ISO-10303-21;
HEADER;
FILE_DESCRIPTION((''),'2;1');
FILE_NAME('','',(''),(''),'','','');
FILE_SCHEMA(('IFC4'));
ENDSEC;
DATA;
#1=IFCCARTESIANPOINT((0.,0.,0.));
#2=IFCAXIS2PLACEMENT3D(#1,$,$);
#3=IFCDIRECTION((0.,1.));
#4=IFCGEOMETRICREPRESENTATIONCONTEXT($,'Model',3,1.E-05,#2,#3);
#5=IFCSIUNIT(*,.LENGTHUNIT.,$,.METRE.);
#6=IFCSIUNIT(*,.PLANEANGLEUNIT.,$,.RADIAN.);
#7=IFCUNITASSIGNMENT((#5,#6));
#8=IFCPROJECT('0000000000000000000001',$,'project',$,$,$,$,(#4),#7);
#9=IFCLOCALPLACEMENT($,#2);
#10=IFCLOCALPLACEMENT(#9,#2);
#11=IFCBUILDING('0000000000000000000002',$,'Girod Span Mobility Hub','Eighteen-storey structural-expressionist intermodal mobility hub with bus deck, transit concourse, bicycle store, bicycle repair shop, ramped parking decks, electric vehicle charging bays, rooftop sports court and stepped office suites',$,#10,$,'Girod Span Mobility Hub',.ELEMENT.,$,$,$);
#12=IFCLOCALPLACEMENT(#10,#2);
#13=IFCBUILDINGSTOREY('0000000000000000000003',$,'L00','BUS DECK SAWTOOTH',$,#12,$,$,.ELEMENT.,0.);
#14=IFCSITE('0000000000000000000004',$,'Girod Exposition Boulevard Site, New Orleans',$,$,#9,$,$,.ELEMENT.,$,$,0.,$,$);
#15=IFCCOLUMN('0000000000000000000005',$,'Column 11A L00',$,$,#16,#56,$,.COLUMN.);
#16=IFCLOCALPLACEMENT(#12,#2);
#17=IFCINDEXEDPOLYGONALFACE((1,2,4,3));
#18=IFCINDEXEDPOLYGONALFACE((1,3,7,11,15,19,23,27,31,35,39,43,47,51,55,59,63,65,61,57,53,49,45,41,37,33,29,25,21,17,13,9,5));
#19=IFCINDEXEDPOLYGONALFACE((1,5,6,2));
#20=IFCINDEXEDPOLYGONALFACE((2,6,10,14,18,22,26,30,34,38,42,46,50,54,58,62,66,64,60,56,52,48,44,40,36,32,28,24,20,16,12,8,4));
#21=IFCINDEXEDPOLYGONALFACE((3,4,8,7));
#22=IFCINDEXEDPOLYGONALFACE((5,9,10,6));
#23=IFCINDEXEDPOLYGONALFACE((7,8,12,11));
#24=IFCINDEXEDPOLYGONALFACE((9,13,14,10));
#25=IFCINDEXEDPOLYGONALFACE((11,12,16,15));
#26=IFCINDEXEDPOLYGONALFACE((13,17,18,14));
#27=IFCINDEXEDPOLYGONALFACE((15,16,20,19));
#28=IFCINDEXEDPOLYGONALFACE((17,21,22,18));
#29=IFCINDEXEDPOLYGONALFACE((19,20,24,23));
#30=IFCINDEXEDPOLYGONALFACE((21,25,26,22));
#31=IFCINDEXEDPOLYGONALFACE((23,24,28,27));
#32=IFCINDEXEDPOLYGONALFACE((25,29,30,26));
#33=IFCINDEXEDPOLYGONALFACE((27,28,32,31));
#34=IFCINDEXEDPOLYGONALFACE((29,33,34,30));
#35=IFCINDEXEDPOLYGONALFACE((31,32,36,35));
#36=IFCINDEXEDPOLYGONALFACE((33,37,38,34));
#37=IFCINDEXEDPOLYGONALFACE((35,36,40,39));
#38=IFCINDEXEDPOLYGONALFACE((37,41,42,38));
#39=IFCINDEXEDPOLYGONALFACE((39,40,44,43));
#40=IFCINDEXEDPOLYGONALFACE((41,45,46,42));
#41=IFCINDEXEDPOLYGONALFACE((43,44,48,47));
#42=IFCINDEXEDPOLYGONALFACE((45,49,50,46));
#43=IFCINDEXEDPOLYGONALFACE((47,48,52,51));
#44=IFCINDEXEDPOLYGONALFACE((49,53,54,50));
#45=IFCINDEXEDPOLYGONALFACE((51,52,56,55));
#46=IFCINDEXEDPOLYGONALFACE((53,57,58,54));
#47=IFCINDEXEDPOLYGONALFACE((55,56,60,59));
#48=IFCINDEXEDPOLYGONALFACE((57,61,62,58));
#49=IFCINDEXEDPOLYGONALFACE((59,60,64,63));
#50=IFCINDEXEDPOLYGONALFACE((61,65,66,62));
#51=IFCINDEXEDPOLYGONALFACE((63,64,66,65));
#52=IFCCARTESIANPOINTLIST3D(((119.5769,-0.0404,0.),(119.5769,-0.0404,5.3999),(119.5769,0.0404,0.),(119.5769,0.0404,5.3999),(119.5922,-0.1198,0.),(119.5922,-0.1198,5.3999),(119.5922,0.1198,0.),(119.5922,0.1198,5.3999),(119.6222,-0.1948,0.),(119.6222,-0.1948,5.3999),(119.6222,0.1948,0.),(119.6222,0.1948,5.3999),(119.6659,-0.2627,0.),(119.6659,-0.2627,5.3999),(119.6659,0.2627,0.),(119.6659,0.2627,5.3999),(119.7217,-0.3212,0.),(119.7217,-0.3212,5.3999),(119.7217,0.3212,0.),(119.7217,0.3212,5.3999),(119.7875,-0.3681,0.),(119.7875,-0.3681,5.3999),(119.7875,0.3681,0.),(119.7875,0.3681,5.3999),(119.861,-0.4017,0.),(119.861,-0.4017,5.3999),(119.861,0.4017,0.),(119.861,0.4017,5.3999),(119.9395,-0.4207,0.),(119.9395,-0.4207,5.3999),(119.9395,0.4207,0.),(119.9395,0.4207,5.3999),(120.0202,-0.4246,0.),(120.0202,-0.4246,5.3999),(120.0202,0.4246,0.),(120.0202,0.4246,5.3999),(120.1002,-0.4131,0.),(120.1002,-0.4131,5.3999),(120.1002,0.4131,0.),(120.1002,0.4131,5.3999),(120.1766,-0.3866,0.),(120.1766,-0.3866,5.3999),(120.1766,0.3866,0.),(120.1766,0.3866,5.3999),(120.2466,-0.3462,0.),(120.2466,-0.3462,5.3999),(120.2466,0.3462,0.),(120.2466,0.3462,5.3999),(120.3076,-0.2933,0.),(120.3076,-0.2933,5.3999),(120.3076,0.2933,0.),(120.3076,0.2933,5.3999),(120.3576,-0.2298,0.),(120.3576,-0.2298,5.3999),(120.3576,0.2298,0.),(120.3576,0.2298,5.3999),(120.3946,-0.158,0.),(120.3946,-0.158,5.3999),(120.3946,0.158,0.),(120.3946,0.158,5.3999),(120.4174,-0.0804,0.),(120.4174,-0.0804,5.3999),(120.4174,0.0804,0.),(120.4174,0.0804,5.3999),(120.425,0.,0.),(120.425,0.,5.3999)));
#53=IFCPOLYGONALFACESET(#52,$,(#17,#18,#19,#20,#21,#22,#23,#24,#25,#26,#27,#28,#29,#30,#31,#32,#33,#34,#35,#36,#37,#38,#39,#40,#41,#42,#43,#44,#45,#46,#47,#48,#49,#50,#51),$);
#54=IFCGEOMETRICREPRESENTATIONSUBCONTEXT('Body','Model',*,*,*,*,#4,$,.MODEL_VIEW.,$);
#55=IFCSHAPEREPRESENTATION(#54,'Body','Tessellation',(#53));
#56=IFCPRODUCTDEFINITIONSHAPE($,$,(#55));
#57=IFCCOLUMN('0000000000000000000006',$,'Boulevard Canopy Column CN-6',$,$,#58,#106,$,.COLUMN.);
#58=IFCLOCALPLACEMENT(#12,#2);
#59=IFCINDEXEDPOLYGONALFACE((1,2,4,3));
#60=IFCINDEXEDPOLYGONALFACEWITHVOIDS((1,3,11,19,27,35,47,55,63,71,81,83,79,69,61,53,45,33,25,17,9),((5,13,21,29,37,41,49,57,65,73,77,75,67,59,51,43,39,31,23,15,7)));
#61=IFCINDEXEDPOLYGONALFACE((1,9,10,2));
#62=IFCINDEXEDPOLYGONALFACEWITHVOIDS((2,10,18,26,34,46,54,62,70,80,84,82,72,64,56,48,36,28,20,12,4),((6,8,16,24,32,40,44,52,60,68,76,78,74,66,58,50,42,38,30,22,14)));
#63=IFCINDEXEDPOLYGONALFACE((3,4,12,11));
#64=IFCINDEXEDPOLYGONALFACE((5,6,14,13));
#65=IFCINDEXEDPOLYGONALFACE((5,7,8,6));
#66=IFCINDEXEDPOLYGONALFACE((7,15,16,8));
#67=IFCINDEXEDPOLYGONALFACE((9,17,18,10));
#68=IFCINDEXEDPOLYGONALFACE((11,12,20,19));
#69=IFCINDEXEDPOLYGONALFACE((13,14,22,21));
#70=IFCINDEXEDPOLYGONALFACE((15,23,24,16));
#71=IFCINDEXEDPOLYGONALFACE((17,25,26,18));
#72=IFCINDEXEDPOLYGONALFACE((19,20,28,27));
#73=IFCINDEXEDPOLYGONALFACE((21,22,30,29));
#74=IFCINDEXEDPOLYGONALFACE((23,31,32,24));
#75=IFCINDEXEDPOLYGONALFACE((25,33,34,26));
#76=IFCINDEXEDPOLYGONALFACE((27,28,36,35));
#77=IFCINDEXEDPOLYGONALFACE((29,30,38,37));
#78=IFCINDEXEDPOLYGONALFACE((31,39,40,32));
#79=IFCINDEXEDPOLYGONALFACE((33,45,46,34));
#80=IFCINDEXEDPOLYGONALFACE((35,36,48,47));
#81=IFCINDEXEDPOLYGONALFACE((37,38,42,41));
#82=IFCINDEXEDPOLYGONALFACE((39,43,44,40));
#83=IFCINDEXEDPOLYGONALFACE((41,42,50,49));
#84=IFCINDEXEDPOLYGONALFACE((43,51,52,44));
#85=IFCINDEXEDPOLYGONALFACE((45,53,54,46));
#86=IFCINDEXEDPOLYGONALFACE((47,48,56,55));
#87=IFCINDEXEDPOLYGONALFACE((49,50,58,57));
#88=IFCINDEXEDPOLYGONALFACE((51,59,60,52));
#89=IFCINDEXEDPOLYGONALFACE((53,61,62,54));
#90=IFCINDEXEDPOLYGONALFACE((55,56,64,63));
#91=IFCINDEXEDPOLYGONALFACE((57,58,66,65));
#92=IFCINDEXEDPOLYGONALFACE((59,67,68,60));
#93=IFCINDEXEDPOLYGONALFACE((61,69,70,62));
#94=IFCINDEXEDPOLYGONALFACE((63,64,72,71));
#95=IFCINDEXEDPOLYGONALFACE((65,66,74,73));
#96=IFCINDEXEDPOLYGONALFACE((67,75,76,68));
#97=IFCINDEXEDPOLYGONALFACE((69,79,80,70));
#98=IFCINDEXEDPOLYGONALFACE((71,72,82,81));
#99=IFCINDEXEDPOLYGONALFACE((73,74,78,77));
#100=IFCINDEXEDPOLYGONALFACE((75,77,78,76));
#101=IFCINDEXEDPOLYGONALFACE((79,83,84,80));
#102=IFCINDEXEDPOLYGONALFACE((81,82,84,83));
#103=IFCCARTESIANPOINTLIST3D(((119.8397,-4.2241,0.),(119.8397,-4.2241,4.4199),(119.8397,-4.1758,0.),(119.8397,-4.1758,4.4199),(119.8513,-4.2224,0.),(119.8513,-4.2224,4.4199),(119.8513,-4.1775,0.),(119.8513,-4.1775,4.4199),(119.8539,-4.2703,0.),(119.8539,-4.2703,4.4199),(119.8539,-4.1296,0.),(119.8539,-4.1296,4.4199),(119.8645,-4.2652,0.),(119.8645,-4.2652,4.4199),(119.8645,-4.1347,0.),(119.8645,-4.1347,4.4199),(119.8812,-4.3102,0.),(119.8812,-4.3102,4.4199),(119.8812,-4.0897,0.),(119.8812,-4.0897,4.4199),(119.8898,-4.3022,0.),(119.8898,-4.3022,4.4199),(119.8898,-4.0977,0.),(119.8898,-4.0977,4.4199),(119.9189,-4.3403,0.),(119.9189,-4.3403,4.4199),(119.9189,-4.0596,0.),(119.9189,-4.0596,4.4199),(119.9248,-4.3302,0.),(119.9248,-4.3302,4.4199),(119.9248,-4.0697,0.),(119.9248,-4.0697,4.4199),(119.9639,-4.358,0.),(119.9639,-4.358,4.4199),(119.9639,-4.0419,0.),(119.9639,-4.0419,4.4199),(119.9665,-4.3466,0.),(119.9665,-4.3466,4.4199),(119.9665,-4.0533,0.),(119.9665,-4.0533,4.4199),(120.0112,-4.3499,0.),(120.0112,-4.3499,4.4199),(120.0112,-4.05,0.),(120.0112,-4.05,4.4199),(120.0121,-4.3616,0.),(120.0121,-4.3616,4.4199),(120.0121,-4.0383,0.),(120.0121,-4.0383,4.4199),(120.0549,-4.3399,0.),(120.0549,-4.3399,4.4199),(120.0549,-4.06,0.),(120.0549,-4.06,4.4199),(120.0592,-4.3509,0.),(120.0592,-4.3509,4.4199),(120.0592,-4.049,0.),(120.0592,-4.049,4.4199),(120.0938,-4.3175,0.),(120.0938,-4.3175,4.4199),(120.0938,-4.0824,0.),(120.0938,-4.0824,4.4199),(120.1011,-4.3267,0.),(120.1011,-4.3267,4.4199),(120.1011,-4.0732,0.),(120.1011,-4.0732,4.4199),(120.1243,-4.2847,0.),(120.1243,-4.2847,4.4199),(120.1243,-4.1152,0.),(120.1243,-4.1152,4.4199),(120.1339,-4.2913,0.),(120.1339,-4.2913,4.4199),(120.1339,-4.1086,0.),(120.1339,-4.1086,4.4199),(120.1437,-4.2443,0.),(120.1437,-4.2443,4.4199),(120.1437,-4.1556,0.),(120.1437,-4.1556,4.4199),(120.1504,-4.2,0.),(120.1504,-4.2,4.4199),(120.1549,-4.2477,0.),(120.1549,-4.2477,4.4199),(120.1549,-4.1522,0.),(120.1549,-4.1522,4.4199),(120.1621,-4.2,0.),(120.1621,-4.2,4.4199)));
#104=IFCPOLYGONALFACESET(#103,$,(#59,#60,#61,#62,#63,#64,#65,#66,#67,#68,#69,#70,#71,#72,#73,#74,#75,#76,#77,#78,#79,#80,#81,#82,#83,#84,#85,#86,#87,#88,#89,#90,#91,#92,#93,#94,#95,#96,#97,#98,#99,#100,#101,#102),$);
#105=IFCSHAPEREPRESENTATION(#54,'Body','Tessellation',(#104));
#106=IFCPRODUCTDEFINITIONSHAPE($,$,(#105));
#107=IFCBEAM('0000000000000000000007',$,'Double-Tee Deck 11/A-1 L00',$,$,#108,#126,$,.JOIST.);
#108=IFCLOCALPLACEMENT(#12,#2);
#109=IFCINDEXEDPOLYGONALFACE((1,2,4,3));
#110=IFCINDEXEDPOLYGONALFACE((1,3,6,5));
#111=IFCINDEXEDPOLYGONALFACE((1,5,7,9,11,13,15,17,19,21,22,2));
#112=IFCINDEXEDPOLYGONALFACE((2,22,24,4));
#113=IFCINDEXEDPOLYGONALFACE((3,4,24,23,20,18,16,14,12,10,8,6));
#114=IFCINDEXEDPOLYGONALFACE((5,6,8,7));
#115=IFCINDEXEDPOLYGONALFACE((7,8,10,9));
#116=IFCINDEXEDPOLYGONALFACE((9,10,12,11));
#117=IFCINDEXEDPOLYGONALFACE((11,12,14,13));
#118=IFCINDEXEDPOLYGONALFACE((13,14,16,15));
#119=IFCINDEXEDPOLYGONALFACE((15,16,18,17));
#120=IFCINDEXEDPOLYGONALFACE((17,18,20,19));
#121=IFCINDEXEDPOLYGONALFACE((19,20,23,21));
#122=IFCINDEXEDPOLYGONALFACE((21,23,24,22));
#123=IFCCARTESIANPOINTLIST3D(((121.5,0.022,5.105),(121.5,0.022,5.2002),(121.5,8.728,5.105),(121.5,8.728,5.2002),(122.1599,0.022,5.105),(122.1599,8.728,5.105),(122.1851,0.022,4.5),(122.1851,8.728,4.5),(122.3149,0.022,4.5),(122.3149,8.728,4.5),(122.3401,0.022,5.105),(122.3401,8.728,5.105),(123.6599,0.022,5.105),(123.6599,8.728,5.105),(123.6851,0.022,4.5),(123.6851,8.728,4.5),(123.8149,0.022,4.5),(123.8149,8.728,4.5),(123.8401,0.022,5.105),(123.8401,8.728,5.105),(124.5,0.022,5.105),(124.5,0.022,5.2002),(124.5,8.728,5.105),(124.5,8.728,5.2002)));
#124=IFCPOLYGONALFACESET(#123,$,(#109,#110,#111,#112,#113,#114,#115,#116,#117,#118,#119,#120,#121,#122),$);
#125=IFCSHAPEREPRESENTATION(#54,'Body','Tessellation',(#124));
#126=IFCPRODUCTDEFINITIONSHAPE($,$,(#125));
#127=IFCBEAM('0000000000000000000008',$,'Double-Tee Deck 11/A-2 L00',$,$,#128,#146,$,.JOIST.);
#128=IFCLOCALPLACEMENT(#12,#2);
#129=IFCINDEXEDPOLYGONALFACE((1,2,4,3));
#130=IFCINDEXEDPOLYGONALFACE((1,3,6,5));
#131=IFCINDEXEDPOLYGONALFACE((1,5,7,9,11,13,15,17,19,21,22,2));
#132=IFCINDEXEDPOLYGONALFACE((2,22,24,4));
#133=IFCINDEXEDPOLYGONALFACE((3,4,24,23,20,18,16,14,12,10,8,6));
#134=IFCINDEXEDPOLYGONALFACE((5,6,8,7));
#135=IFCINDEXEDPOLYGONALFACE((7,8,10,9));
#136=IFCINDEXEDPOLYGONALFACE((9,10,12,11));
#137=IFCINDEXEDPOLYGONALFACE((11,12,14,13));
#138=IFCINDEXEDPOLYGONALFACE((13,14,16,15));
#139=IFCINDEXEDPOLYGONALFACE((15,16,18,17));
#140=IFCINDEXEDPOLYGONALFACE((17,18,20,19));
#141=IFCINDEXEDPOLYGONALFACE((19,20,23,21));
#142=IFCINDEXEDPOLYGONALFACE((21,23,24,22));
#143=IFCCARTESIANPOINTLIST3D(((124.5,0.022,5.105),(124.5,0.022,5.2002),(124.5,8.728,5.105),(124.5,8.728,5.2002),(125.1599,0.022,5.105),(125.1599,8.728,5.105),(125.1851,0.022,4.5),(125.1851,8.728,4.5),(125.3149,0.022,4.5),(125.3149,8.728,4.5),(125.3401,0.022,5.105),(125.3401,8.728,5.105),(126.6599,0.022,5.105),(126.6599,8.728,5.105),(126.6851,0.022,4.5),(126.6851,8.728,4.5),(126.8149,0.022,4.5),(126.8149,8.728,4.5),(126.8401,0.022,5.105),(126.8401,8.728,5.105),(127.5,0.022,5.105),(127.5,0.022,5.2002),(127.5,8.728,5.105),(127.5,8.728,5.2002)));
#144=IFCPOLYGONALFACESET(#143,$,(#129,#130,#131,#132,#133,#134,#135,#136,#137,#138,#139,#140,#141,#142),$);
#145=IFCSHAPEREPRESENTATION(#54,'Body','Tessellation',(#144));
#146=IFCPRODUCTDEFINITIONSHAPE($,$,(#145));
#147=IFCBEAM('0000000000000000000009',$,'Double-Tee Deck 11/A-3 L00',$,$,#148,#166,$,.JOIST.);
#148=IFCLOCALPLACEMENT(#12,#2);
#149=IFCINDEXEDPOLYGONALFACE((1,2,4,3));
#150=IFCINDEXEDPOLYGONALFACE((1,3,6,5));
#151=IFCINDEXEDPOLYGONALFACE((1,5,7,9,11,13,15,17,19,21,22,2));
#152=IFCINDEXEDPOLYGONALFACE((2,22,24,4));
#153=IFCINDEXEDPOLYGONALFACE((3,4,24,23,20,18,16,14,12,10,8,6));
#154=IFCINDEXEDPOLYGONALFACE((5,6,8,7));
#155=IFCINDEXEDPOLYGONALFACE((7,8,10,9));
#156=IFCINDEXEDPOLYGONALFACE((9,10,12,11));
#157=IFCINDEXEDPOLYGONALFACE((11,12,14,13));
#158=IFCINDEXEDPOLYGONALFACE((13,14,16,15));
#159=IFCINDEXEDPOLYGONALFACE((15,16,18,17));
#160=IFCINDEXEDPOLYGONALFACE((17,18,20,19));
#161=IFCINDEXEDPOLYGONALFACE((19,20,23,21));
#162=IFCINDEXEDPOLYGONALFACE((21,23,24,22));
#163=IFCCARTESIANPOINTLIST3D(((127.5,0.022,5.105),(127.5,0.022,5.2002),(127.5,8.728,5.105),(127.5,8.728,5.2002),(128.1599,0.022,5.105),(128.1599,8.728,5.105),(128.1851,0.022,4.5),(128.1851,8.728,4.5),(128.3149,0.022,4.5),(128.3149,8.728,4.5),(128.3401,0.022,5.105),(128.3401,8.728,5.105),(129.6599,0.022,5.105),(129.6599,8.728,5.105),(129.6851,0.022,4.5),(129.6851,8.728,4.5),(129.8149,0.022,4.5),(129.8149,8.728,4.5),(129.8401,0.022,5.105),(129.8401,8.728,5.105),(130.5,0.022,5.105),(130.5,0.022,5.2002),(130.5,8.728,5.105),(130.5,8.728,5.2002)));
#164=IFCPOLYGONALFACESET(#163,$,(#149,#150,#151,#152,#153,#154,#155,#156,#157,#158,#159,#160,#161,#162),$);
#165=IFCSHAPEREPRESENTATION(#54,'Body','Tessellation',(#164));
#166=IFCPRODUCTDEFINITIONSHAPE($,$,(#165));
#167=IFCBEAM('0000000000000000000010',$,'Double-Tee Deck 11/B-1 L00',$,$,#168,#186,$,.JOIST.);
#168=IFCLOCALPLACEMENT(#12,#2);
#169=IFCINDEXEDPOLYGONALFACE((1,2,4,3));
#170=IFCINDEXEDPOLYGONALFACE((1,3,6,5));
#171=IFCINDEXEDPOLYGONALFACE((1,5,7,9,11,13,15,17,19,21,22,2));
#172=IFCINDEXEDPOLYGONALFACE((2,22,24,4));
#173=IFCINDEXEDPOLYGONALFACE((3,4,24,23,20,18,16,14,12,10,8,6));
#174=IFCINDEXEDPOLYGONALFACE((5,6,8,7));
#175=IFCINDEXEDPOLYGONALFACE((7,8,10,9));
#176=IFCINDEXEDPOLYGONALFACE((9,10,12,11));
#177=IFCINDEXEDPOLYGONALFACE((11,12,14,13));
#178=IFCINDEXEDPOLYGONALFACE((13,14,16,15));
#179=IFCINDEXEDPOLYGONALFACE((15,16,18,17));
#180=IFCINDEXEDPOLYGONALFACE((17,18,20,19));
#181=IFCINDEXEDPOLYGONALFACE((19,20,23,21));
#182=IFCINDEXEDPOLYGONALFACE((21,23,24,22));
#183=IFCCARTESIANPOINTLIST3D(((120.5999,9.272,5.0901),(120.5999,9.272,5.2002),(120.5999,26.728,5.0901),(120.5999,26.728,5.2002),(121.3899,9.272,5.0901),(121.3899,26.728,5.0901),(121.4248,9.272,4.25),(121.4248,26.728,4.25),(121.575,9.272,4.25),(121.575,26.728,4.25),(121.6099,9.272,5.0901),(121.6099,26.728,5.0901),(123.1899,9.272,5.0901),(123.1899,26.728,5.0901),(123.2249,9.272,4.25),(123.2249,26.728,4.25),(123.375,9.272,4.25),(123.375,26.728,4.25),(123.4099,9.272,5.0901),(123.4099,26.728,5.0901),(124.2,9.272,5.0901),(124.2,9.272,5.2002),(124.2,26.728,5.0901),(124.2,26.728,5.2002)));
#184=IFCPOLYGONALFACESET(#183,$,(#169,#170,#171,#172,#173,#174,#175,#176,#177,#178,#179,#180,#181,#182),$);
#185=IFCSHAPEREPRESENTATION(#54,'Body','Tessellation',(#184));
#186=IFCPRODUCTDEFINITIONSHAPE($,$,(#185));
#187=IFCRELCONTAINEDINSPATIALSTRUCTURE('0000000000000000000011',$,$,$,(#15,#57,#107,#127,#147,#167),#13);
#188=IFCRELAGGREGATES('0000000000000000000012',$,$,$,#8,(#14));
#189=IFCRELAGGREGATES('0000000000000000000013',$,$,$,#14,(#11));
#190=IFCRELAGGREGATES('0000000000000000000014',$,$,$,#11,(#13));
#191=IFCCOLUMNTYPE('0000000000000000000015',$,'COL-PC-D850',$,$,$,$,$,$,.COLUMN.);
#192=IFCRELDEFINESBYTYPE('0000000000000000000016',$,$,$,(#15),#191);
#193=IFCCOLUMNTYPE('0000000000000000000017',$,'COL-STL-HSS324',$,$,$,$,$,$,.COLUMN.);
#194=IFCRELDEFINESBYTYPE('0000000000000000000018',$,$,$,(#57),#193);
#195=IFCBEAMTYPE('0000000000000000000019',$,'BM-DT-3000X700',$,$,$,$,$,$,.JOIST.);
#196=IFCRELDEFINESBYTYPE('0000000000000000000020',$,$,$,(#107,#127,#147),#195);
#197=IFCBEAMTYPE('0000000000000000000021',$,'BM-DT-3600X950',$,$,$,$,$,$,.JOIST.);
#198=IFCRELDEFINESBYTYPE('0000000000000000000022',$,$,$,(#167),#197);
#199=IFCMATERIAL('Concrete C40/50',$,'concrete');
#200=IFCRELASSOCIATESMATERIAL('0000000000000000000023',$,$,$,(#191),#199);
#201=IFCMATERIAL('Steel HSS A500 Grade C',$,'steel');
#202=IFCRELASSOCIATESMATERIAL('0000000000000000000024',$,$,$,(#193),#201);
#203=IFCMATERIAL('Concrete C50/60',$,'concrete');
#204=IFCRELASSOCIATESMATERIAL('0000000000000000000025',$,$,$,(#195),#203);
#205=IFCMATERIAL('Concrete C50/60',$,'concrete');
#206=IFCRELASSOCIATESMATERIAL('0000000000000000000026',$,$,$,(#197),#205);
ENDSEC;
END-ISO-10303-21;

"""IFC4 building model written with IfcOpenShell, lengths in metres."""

from ifc_helpers import new_model, si_unit, direction, frame, origin, origin_2d, place, context, subcontext, project, spatial, polyline, circle, hollow_circle, outline, extrude, material, material_profile, profile_set, type_object, element, save


model = new_model("IFC4")

# Units and contexts
model_context = context("Model", 3, precision=1e-05, world=origin(), true_north=direction((0.0, 1.0)))
body_context = subcontext(model_context, "Body", "Model", "MODEL_VIEW")
ifc_project = project(units=[si_unit("LENGTHUNIT", "METRE"), si_unit("PLANEANGLEUNIT", "RADIAN")], contexts=[model_context])

# Site, building, storey
site_placement = place(None, origin())
site = spatial("IfcSite", under=ifc_project, at=site_placement, Name="Girod Exposition Boulevard Site, New Orleans", CompositionType="ELEMENT", RefElevation=0.0)
building_placement = place(site_placement, origin())
building = spatial("IfcBuilding", under=site, at=building_placement, Name="Girod Span Mobility Hub", Description="Eighteen-storey structural-expressionist intermodal mobility hub with bus deck, transit concourse, bicycle store, bicycle repair shop, ramped parking decks, electric vehicle charging bays, rooftop sports court and stepped office suites", LongName="Girod Span Mobility Hub", CompositionType="ELEMENT")
storey_placement = place(building_placement, origin())
storey = spatial("IfcBuildingStorey", under=building, at=storey_placement, Name="L00", Description="BUS DECK SAWTOOTH", CompositionType="ELEMENT", Elevation=0.0)

# Columns
ifc_material_1 = material(Name="Concrete C40/50", Category="concrete")
ifc_material_profile_1 = material_profile(ifc_material_1, circle(Radius=0.425, at=origin_2d()), Name="PC-CIR-D850")
ifc_profile_set_1 = profile_set([ifc_material_profile_1], Name="Concrete C40/50")
column_type_1 = type_object("IfcColumnType", Name="COL-PC-D850", PredefinedType="COLUMN", material=ifc_profile_set_1)
column_1_placement = place(storey_placement, frame((120.0, 0.0, 0.0), z_axis=(0.0, 0.0, 1.0), x_axis=(1.0, 0.0, 0.0)))
element("IfcColumn", 1, at=column_1_placement, inside=storey, type_object=column_type_1, Name="Column 11A L00", PredefinedType="COLUMN", context=body_context, shape_type="SweptSolid", body=[
    extrude(circle(Radius=0.425, at=origin_2d()), origin(), (0.0, 0.0, 1.0), 5.3999),
])
ifc_material_2 = material(Name="Steel HSS A500 Grade C", Category="steel")
ifc_material_profile_2 = material_profile(ifc_material_2, hollow_circle(Radius=0.1621, WallThickness=0.0117, at=origin_2d()), Name="HSS324X12.7")
ifc_profile_set_2 = profile_set([ifc_material_profile_2], Name="Steel HSS A500 Grade C")
column_type_2 = type_object("IfcColumnType", Name="COL-STL-HSS324", PredefinedType="COLUMN", material=ifc_profile_set_2)
column_2_placement = place(storey_placement, frame((120.0, -4.2, 0.0), z_axis=(0.0, 0.0, 1.0), x_axis=(1.0, 0.0, 0.0)))
element("IfcColumn", 2, at=column_2_placement, inside=storey, type_object=column_type_2, Name="Boulevard Canopy Column CN-6", PredefinedType="COLUMN", context=body_context, shape_type="SweptSolid", body=[
    extrude(hollow_circle(Radius=0.1621, WallThickness=0.0117, at=origin_2d()), origin(), (0.0, 0.0, 1.0), 4.4199),
])

# Beams
ifc_material_3 = material(Name="Concrete C50/60", Category="concrete")
ifc_material_profile_3 = material_profile(ifc_material_3, outline(polyline([(-1.5, 0.3501), (-1.5, 0.2549), (-0.8401, 0.2549), (-0.8149, -0.3501), (-0.6851, -0.3501), (-0.6599, 0.2549), (0.6599, 0.2549), (0.6851, -0.3501), (0.8149, -0.3501), (0.8401, 0.2549), (1.5, 0.2549), (1.5, 0.3501), (-1.5, 0.3501)])), Name="DT-3000X700")
ifc_profile_set_3 = profile_set([ifc_material_profile_3], Name="Concrete C50/60")
beam_type_1 = type_object("IfcBeamType", Name="BM-DT-3000X700", PredefinedType="JOIST", material=ifc_profile_set_3)
for number, where, z_axis, x_axis, name in (
    (3, (123.0, 0.022, 4.8501), (0.0, 1.0, 0.0), (-1.0, 0.0, 0.0), "Double-Tee Deck 11/A-1 L00"),
    (4, (126.0, 0.022, 4.8501), (0.0, 1.0, 0.0), (-1.0, 0.0, 0.0), "Double-Tee Deck 11/A-2 L00"),
    (5, (129.0, 0.022, 4.8501), (0.0, 1.0, 0.0), (-1.0, 0.0, 0.0), "Double-Tee Deck 11/A-3 L00"),
):
    element("IfcBeam", number, at=place(storey_placement, frame(where, z_axis=z_axis, x_axis=x_axis)), inside=storey, type_object=beam_type_1, Name=name, PredefinedType="JOIST", context=body_context, shape_type="SweptSolid", body=[
        extrude(outline(polyline([(-1.5, 0.3501), (-1.5, 0.2549), (-0.8401, 0.2549), (-0.8149, -0.3501), (-0.6851, -0.3501), (-0.6599, 0.2549), (0.6599, 0.2549), (0.6851, -0.3501), (0.8149, -0.3501), (0.8401, 0.2549), (1.5, 0.2549), (1.5, 0.3501), (-1.5, 0.3501)])), origin(), (0.0, 0.0, 1.0), 8.7061),
    ])
ifc_material_4 = material(Name="Concrete C50/60", Category="concrete")
ifc_material_profile_4 = material_profile(ifc_material_4, outline(polyline([(-1.8, 0.4751), (-1.8, 0.365), (-1.01, 0.365), (-0.9751, -0.4751), (-0.825, -0.4751), (-0.79, 0.365), (0.79, 0.365), (0.825, -0.4751), (0.9751, -0.4751), (1.01, 0.365), (1.8, 0.365), (1.8, 0.4751), (-1.8, 0.4751)])), Name="DT-3600X950")
ifc_profile_set_4 = profile_set([ifc_material_profile_4], Name="Concrete C50/60")
beam_type_2 = type_object("IfcBeamType", Name="BM-DT-3600X950", PredefinedType="JOIST", material=ifc_profile_set_4)
for number, where, z_axis, x_axis, name in (
    (6, (122.3999, 9.272, 4.7251), (0.0, 1.0, 0.0), (-1.0, 0.0, 0.0), "Double-Tee Deck 11/B-1 L00"),
):
    element("IfcBeam", number, at=place(storey_placement, frame(where, z_axis=z_axis, x_axis=x_axis)), inside=storey, type_object=beam_type_2, Name=name, PredefinedType="JOIST", context=body_context, shape_type="SweptSolid", body=[
        extrude(outline(polyline([(-1.8, 0.4751), (-1.8, 0.365), (-1.01, 0.365), (-0.9751, -0.4751), (-0.825, -0.4751), (-0.79, 0.365), (0.79, 0.365), (0.825, -0.4751), (0.9751, -0.4751), (1.01, 0.365), (1.8, 0.365), (1.8, 0.4751), (-1.8, 0.4751)])), origin(), (0.0, 0.0, 1.0), 17.4561),
    ])

save(model, "model.ifc")
